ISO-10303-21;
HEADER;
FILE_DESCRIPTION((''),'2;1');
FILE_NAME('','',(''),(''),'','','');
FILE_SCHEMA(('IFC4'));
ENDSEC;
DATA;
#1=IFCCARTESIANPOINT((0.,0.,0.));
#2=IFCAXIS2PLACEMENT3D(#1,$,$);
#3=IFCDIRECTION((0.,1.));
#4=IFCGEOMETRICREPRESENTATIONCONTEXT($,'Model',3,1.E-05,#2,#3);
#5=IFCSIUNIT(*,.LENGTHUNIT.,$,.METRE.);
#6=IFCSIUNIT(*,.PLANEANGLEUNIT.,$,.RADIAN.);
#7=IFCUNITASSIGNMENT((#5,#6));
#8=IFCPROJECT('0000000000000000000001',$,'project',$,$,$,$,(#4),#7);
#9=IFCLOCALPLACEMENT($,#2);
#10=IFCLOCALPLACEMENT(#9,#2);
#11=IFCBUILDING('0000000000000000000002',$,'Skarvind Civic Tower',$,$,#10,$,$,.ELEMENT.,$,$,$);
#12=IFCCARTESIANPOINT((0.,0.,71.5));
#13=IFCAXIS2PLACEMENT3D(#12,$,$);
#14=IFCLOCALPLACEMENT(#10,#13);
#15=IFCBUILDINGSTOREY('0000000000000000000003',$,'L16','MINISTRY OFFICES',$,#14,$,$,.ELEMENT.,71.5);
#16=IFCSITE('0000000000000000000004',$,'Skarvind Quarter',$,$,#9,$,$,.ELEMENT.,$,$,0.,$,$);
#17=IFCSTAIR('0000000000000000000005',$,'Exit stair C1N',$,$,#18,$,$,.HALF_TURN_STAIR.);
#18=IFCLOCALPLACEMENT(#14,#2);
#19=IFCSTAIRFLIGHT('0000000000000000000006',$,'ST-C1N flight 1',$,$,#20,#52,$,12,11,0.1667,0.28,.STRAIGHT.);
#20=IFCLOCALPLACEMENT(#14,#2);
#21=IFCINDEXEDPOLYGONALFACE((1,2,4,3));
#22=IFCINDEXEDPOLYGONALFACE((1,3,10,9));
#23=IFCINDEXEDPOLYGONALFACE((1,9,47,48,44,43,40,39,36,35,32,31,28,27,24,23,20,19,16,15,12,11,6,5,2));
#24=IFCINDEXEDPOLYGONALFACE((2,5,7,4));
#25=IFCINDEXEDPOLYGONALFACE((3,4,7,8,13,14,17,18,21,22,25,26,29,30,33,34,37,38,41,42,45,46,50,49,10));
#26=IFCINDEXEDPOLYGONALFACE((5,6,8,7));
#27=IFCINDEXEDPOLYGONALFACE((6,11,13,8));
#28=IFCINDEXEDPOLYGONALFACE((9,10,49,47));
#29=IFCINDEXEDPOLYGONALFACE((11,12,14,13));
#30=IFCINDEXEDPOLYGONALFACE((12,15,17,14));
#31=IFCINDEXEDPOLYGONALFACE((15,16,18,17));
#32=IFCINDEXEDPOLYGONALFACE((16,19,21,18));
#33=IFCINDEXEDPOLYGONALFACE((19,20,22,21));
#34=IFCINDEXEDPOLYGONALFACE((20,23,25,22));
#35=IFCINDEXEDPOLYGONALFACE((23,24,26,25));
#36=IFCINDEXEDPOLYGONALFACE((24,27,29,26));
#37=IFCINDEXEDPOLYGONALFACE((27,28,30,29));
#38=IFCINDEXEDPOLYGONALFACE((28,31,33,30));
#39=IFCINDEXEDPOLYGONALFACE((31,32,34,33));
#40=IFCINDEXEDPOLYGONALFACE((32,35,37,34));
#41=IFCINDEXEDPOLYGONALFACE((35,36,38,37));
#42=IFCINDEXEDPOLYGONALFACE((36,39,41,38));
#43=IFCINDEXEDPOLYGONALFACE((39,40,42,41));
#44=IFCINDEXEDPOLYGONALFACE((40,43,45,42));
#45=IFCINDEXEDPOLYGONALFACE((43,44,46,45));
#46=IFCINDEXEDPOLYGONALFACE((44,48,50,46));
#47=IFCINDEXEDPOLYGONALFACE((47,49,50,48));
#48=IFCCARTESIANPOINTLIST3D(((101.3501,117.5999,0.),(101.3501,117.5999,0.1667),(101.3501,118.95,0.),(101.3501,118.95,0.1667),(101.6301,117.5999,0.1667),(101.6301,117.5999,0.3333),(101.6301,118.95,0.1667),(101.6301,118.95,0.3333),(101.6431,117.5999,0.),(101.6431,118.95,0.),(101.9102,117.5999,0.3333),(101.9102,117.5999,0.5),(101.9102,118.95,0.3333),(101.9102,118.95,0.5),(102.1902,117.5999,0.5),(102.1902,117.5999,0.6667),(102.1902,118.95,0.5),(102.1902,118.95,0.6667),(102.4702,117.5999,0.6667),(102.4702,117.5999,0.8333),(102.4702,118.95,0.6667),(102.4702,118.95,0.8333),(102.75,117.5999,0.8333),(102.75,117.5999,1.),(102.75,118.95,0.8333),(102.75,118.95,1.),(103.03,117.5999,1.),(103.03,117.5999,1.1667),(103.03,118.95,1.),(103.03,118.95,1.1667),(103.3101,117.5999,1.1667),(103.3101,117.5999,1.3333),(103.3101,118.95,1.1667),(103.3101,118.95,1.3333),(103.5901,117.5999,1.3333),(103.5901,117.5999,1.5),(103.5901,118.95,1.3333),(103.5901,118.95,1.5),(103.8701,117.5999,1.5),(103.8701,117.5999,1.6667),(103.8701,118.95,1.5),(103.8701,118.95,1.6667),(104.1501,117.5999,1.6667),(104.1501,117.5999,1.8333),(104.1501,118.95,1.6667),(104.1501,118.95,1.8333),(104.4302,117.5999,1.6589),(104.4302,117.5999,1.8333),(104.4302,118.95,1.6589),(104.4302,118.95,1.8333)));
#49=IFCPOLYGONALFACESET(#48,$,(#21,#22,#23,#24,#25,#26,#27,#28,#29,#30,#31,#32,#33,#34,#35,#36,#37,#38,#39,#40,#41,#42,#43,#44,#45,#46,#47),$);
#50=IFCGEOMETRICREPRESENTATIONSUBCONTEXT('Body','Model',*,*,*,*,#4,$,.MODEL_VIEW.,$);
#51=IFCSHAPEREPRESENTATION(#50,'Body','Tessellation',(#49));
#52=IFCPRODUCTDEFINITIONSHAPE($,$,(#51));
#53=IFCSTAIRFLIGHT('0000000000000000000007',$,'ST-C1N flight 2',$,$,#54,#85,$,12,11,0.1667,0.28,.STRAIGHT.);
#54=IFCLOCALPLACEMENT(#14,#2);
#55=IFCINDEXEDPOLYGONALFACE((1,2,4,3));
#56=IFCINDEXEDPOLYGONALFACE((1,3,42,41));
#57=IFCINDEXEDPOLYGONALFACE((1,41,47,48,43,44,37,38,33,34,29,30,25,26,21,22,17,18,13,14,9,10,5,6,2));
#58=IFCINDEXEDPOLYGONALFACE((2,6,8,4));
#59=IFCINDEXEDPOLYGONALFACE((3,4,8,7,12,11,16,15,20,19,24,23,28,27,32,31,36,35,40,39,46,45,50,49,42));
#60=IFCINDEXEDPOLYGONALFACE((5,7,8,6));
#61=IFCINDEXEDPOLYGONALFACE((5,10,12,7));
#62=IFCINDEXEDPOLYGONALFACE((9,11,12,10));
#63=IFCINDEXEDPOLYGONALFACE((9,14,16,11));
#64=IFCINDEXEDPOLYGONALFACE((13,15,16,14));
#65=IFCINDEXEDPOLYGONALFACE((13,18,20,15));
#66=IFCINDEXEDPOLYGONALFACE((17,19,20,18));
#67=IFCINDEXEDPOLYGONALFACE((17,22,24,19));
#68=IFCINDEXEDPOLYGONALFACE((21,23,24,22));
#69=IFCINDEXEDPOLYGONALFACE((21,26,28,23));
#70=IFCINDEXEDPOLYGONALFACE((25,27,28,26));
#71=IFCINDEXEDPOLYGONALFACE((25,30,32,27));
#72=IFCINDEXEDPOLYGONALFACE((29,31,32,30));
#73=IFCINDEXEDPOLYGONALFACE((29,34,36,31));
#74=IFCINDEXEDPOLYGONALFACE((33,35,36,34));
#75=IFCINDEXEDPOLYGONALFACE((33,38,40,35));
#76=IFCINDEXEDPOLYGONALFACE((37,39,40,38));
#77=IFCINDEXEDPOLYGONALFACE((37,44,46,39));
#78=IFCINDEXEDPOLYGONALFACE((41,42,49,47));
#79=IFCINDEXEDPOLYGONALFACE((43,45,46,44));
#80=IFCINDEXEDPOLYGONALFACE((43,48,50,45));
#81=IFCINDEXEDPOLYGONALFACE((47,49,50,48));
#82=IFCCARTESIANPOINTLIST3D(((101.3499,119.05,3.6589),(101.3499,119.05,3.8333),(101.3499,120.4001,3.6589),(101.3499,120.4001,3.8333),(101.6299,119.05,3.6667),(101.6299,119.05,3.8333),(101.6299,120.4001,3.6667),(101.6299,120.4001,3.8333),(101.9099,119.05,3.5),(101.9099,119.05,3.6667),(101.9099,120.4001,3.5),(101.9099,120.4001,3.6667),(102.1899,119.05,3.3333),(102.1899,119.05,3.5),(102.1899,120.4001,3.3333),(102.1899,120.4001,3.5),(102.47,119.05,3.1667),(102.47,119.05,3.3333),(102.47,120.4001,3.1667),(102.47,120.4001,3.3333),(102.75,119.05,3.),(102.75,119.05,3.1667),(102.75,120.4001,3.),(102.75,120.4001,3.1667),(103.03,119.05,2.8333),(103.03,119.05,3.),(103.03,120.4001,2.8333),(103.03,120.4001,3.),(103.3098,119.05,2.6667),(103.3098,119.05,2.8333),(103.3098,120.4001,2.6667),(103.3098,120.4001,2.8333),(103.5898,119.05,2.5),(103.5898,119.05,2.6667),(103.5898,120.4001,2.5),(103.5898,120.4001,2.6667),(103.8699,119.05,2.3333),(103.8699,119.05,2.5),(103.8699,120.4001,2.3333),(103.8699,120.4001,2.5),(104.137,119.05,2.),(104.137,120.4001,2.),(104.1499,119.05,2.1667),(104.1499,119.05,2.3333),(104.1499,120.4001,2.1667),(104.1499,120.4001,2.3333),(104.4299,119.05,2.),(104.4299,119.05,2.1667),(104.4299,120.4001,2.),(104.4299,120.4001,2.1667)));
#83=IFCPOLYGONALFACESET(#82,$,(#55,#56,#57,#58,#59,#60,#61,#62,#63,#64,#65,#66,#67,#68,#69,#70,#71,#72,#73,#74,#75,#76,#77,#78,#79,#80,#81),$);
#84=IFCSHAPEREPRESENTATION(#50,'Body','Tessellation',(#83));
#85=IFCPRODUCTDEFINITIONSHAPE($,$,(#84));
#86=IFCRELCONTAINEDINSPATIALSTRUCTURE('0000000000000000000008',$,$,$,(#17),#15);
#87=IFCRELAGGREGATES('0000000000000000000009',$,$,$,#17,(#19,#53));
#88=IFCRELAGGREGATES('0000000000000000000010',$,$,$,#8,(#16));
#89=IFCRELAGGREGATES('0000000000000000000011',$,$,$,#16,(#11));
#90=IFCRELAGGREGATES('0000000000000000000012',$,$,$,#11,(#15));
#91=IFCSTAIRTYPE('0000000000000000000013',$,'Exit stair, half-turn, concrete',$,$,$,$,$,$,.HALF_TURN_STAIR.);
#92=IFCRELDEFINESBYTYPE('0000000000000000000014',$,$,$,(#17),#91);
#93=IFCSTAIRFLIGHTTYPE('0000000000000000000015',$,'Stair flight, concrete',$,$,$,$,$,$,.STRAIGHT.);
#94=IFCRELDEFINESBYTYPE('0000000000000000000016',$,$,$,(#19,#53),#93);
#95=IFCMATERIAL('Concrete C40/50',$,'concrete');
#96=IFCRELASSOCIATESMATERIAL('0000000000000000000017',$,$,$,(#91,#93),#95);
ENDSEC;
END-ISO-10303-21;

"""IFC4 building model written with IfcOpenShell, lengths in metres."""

from ifc_helpers import new_model, si_unit, direction, frame, origin, place, context, subcontext, project, spatial, polyline, outline, extrude, material, type_object, element, aggregate, save


model = new_model("IFC4")

# Units and contexts
model_context = context("Model", 3, precision=1e-05, world=origin(), true_north=direction((0.0, 1.0)))
body_context = subcontext(model_context, "Body", "Model", "MODEL_VIEW")
ifc_project = project(units=[si_unit("LENGTHUNIT", "METRE"), si_unit("PLANEANGLEUNIT", "RADIAN")], contexts=[model_context])

# Site, building, storey
site_placement = place(None, origin())
site = spatial("IfcSite", under=ifc_project, at=site_placement, Name="Skarvind Quarter", CompositionType="ELEMENT", RefElevation=0.0)
building_placement = place(site_placement, origin())
building = spatial("IfcBuilding", under=site, at=building_placement, Name="Skarvind Civic Tower", CompositionType="ELEMENT")
storey_placement = place(building_placement, frame((0.0, 0.0, 71.5)))
storey = spatial("IfcBuildingStorey", under=building, at=storey_placement, Name="L16", Description="MINISTRY OFFICES", CompositionType="ELEMENT", Elevation=71.5)

# Stair, stair flights
ifc_material_1 = material(Name="Concrete C40/50", Category="concrete")
stair_type = type_object("IfcStairType", Name="Exit stair, half-turn, concrete", PredefinedType="HALF_TURN_STAIR", material=ifc_material_1)
stair_placement = place(storey_placement, origin())
stair = element("IfcStair", 1, at=stair_placement, inside=storey, type_object=stair_type, Name="Exit stair C1N", PredefinedType="HALF_TURN_STAIR")
stair_flight_type = type_object("IfcStairFlightType", Name="Stair flight, concrete", PredefinedType="STRAIGHT", material=ifc_material_1)
stair_flight_1_placement = place(storey_placement, frame((101.3501, 118.2749, 0.0), z_axis=(0.0, 0.0, 1.0), x_axis=(1.0, 0.0, 0.0)))
stair_flight_1 = element("IfcStairFlight", 2, at=stair_flight_1_placement, type_object=stair_flight_type, Name="ST-C1N flight 1", NumberOfRisers=12, NumberOfTreads=11, PredefinedType="STRAIGHT", RiserHeight=0.1667, TreadLength=0.28, context=body_context, shape_type="SweptSolid", body=[
    extrude(outline(polyline([(0.0, 0.0), (0.0, 0.1667), (0.28, 0.1667), (0.28, 0.3333), (0.5601, 0.3333), (0.5601, 0.5), (0.8401, 0.5), (0.8401, 0.6667), (1.1201, 0.6667), (1.1201, 0.8333), (1.3999, 0.8333), (1.3999, 1.0), (1.6799, 1.0), (1.6799, 1.1667), (1.96, 1.1667), (1.96, 1.3333), (2.24, 1.3333), (2.24, 1.5), (2.52, 1.5), (2.52, 1.6667), (2.8, 1.6667), (2.8, 1.8333), (3.0801, 1.8333), (3.0801, 2.0), (3.0801, 1.6589), (0.293, 0.0), (0.0, 0.0)])), frame((0.0, 0.675, 0.0), z_axis=(0.0, -1.0, 0.0), x_axis=(1.0, 0.0, 0.0)), (0.0, 0.0, 1.0), 1.3501),
])
stair_flight_2_placement = place(storey_placement, frame((104.4299, 119.7251, 2.0), z_axis=(0.0, 0.0, 1.0), x_axis=(-1.0, 0.0, 0.0)))
stair_flight_2 = element("IfcStairFlight", 3, at=stair_flight_2_placement, type_object=stair_flight_type, Name="ST-C1N flight 2", NumberOfRisers=12, NumberOfTreads=11, PredefinedType="STRAIGHT", RiserHeight=0.1667, TreadLength=0.28, context=body_context, shape_type="SweptSolid", body=[
    extrude(outline(polyline([(0.0, 0.0), (0.0, 0.1667), (0.28, 0.1667), (0.28, 0.3333), (0.5601, 0.3333), (0.5601, 0.5), (0.8401, 0.5), (0.8401, 0.6667), (1.1201, 0.6667), (1.1201, 0.8333), (1.3999, 0.8333), (1.3999, 1.0), (1.6799, 1.0), (1.6799, 1.1667), (1.96, 1.1667), (1.96, 1.3333), (2.24, 1.3333), (2.24, 1.5), (2.52, 1.5), (2.52, 1.6667), (2.8, 1.6667), (2.8, 1.8333), (3.0801, 1.8333), (3.0801, 2.0), (3.0801, 1.6589), (0.293, 0.0), (0.0, 0.0)])), frame((0.0, 0.675, 0.0), z_axis=(0.0, -1.0, 0.0), x_axis=(1.0, 0.0, 0.0)), (0.0, 0.0, 1.0), 1.3501),
])
aggregate(stair, [stair_flight_1, stair_flight_2])

save(model, "model.ifc")
